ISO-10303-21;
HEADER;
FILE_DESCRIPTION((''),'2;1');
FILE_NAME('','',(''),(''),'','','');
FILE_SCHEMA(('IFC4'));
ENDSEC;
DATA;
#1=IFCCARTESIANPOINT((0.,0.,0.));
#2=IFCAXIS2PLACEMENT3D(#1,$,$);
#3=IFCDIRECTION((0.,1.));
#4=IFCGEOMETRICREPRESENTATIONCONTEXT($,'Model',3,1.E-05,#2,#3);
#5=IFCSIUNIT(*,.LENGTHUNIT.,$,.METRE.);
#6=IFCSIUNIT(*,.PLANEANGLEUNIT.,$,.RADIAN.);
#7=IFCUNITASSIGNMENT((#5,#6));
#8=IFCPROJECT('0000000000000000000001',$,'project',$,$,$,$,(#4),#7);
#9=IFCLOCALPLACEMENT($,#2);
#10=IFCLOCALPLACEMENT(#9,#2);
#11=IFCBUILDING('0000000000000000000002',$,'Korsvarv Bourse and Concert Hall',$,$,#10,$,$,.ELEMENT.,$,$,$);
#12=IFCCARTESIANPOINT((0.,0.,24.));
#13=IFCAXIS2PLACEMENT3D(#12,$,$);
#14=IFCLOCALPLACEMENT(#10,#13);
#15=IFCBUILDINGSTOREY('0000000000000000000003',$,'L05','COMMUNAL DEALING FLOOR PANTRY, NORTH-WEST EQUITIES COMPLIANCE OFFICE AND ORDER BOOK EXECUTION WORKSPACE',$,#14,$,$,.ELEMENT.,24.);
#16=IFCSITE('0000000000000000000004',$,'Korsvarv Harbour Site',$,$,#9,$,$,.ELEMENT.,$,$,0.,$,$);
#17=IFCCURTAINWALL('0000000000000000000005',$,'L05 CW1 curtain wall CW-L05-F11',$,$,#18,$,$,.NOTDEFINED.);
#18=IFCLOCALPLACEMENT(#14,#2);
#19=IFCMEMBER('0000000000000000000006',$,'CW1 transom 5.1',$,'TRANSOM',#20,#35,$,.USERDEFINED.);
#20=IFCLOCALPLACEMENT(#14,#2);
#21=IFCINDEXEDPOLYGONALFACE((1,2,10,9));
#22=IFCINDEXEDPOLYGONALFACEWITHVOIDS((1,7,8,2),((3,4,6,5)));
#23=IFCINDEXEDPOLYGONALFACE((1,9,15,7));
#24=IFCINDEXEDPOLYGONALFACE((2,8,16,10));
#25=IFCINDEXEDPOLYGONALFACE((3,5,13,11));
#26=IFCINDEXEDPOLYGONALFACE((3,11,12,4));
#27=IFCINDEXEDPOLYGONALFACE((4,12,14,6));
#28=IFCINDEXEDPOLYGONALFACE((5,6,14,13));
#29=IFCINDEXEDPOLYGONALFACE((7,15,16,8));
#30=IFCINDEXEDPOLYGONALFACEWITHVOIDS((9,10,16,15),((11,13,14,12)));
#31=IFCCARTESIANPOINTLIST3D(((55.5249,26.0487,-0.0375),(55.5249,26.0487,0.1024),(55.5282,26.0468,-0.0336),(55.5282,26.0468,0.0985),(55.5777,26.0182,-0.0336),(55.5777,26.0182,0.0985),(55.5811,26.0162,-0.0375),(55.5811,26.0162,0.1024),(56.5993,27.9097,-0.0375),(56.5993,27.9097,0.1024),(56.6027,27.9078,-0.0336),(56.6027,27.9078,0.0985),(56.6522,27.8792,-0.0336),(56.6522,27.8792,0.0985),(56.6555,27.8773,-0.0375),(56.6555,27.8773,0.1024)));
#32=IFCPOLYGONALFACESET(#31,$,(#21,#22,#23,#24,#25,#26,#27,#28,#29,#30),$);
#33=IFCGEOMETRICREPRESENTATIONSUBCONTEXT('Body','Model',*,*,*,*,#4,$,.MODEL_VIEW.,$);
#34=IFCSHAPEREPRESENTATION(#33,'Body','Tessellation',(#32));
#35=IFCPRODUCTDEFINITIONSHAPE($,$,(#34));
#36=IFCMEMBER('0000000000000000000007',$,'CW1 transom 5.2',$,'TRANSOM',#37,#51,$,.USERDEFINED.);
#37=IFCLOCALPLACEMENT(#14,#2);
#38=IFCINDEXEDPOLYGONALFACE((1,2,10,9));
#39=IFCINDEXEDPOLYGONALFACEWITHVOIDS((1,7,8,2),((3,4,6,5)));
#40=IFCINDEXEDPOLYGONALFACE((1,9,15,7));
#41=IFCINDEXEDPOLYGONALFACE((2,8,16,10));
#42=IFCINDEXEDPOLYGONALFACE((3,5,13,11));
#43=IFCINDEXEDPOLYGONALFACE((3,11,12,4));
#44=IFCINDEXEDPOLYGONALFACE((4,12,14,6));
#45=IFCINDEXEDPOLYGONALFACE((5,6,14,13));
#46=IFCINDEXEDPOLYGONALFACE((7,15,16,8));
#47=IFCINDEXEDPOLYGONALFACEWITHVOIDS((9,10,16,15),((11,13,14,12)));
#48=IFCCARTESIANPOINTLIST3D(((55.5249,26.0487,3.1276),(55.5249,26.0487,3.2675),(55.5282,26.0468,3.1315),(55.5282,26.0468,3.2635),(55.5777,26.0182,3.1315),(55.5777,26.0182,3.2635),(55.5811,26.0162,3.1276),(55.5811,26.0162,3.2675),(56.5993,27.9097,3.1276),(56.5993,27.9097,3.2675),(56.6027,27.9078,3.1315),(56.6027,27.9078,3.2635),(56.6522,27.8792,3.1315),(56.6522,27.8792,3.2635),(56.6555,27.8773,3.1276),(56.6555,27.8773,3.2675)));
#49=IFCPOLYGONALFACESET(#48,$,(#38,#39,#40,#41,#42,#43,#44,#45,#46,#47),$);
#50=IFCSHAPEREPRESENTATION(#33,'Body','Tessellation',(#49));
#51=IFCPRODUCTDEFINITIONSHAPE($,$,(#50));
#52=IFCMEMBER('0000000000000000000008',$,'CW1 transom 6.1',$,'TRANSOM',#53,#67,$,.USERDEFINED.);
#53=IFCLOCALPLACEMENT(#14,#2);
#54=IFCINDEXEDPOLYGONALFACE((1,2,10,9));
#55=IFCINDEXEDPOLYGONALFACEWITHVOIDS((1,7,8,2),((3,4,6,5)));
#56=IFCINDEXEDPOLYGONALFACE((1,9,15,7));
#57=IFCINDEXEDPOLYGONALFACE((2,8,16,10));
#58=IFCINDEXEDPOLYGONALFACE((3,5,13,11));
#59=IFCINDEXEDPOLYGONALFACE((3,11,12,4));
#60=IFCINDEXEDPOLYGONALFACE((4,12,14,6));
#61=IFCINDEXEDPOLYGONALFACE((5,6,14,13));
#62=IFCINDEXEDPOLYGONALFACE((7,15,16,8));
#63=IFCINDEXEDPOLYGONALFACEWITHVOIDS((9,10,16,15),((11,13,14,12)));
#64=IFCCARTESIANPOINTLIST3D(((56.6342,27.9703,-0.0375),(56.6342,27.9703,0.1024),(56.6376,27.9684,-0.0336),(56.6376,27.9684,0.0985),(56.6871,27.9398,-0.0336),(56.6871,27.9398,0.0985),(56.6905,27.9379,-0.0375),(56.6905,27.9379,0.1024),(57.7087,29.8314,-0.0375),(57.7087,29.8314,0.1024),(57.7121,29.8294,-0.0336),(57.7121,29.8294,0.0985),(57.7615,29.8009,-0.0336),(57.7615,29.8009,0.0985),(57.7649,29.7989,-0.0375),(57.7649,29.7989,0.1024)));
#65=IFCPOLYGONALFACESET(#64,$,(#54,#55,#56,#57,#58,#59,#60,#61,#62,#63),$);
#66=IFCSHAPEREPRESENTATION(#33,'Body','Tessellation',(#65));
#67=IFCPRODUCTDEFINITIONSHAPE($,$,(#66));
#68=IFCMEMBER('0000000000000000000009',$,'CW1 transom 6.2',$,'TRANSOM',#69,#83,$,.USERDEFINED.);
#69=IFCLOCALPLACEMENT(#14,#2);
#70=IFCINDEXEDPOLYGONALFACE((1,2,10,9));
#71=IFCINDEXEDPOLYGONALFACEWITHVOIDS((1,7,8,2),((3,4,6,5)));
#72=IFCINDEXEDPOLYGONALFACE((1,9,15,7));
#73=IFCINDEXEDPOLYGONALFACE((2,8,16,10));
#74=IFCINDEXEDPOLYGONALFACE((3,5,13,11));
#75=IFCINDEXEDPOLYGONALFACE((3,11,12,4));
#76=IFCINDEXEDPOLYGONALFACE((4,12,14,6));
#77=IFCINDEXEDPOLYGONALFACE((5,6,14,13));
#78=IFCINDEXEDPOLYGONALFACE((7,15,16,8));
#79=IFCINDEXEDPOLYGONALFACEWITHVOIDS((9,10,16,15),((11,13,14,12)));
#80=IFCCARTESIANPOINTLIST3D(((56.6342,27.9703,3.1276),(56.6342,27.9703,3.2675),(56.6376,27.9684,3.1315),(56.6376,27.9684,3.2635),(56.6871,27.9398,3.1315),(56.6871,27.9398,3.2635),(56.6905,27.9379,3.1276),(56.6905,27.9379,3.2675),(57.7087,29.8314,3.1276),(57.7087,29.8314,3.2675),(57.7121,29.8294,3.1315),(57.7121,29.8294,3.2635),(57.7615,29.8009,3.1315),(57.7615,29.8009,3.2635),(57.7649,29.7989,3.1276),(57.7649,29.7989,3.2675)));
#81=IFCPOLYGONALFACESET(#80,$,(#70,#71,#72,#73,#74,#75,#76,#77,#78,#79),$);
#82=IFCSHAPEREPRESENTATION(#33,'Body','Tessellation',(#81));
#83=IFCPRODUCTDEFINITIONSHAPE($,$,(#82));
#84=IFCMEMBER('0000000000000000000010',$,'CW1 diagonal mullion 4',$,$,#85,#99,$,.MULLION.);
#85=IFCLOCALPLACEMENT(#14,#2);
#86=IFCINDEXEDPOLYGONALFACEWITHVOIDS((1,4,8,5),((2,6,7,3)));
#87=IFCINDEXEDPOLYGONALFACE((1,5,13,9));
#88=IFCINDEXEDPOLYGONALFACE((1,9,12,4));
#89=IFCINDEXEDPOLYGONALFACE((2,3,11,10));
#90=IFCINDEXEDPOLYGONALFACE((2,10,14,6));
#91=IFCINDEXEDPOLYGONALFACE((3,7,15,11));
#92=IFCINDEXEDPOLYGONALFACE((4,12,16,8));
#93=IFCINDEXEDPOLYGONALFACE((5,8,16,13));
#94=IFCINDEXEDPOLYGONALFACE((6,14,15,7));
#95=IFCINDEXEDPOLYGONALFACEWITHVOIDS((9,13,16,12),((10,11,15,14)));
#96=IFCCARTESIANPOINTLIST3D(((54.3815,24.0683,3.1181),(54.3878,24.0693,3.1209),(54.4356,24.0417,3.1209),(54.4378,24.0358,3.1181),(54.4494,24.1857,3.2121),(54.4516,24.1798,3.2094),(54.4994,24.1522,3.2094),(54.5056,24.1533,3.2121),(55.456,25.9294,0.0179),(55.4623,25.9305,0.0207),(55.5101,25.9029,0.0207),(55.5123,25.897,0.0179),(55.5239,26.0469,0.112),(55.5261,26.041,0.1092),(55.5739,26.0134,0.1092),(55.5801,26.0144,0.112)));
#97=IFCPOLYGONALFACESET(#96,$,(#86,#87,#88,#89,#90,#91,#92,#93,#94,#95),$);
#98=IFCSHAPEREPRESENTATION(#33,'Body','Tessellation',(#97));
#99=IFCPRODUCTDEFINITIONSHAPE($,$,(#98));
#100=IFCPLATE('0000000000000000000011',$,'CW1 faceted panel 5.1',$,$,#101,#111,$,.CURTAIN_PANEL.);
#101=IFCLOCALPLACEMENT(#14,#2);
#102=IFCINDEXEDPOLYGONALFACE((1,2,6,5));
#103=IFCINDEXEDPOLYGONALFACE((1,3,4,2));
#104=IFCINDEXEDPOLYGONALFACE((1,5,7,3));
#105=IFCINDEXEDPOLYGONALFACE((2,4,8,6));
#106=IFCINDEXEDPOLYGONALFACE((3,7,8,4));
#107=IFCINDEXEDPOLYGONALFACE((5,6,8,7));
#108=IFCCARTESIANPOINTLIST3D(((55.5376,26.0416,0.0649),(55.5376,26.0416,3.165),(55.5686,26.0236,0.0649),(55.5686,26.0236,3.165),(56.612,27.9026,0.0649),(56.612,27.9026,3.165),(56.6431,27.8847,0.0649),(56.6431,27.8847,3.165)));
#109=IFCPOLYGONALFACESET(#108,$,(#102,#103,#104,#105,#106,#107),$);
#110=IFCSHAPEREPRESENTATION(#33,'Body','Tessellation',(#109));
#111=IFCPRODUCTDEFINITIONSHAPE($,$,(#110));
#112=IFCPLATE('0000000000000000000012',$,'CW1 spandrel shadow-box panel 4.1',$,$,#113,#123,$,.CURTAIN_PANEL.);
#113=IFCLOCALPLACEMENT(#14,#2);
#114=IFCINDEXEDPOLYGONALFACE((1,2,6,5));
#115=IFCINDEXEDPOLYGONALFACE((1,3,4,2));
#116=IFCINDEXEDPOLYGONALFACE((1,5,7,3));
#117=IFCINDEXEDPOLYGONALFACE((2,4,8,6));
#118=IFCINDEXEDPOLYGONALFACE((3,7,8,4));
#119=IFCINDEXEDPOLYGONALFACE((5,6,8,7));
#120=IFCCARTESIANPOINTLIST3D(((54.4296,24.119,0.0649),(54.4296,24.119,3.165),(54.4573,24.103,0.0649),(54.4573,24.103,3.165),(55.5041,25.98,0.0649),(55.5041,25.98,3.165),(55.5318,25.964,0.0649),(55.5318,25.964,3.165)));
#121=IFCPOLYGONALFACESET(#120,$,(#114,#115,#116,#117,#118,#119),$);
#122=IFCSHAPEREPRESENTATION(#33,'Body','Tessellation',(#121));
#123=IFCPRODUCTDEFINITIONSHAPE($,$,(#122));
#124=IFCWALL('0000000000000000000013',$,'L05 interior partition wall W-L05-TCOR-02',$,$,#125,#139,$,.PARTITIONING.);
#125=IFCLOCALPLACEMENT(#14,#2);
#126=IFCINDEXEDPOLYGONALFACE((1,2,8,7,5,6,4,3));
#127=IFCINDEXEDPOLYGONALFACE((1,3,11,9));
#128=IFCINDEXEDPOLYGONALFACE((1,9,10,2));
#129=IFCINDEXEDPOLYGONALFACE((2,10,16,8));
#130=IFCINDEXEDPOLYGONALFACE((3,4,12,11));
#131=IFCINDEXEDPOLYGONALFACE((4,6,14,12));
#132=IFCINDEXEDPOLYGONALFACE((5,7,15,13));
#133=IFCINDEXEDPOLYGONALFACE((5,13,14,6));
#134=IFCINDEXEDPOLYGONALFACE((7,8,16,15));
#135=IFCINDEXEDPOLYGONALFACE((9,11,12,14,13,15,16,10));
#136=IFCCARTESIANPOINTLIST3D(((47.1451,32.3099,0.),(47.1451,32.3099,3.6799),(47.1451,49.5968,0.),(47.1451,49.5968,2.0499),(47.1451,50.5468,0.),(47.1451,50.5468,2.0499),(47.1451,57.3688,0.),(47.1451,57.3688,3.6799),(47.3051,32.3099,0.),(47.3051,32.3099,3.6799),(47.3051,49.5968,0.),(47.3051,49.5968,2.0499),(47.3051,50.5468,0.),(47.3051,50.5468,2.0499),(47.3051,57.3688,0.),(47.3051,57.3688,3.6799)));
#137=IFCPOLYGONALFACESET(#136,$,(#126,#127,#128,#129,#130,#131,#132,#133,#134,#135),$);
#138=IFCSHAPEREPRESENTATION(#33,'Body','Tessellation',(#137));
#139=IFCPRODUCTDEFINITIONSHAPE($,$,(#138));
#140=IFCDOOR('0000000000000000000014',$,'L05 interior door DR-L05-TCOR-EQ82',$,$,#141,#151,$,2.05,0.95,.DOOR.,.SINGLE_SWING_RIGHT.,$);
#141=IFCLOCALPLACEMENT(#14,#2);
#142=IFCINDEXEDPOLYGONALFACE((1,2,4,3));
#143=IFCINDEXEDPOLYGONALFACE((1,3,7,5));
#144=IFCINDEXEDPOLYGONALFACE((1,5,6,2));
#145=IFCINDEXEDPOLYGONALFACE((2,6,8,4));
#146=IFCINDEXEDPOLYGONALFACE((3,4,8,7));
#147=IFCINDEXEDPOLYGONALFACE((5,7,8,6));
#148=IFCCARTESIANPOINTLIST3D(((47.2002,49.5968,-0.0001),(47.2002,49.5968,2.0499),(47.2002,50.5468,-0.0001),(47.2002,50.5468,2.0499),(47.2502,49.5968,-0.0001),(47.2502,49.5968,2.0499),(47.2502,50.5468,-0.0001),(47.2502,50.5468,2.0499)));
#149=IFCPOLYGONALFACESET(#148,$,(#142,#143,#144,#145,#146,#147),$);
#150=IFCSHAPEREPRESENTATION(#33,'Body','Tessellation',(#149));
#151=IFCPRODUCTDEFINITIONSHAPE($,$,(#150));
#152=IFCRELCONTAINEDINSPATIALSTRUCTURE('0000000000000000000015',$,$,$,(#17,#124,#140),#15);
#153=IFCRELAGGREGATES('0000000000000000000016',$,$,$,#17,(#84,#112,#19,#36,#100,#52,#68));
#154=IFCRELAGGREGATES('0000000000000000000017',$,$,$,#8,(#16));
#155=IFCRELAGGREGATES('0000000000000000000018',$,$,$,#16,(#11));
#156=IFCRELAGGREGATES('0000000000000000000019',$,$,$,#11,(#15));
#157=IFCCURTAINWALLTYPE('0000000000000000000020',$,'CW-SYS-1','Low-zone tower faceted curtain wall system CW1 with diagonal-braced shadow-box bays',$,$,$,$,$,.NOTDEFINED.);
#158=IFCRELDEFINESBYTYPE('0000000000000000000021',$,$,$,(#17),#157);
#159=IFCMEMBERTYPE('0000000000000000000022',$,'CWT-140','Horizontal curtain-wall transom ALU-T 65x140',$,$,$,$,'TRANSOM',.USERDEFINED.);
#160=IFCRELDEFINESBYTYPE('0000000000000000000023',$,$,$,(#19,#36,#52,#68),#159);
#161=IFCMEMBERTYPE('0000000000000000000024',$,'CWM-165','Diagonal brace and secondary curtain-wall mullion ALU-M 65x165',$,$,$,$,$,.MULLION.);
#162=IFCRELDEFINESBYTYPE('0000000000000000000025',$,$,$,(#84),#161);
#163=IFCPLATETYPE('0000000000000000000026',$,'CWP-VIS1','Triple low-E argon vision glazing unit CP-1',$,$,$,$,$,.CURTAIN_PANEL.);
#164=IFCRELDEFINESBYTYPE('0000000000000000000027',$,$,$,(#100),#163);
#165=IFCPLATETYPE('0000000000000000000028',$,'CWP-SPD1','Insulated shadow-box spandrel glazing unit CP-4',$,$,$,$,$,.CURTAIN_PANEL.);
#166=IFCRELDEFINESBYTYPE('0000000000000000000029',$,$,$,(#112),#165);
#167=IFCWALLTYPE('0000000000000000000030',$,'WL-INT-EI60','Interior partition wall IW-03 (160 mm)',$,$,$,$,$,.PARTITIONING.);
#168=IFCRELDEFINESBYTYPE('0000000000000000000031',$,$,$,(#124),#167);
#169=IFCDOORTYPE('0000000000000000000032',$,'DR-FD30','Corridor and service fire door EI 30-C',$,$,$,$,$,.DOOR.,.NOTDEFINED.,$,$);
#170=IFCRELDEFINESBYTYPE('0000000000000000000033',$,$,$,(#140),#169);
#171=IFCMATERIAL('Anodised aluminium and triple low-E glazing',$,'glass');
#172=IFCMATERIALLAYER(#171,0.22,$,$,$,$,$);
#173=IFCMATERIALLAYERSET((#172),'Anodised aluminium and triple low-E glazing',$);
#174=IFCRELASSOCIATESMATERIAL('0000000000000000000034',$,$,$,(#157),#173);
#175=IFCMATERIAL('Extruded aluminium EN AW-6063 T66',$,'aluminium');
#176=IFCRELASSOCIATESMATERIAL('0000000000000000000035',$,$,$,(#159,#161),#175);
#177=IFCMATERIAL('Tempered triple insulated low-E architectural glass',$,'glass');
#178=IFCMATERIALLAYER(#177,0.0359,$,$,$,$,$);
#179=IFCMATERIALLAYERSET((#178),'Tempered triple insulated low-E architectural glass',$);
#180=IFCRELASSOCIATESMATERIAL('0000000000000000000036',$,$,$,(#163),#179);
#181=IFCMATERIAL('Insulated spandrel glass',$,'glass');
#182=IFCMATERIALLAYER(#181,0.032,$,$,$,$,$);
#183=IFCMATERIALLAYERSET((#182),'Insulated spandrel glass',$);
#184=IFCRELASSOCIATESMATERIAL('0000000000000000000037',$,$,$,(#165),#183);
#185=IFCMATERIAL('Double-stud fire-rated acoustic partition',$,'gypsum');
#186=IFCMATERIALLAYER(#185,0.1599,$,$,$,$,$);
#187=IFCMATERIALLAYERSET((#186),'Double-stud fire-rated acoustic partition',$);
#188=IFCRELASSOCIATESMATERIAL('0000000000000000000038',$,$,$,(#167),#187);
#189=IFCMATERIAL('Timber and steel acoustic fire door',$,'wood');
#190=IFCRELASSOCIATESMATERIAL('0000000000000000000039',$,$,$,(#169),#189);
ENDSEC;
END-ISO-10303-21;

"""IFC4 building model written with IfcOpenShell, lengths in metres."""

from ifc_helpers import new_model, si_unit, direction, frame, frame_2d, origin, origin_2d, place, context, subcontext, project, spatial, rectangle, hollow_rectangle, extrude, source, transform, mapped, material, layer, layer_set, material_profile, profile_set, type_object, element, fill, aggregate, save


model = new_model("IFC4")

# Units and contexts
model_context = context("Model", 3, precision=1e-05, world=origin(), true_north=direction((0.0, 1.0)))
body_context = subcontext(model_context, "Body", "Model", "MODEL_VIEW")
ifc_project = project(units=[si_unit("LENGTHUNIT", "METRE"), si_unit("PLANEANGLEUNIT", "RADIAN")], contexts=[model_context])

# Site, building, storey
site_placement = place(None, origin())
site = spatial("IfcSite", under=ifc_project, at=site_placement, Name="Korsvarv Harbour Site", CompositionType="ELEMENT", RefElevation=0.0)
building_placement = place(site_placement, origin())
building = spatial("IfcBuilding", under=site, at=building_placement, Name="Korsvarv Bourse and Concert Hall", CompositionType="ELEMENT")
storey_placement = place(building_placement, frame((0.0, 0.0, 24.0)))
storey = spatial("IfcBuildingStorey", under=building, at=storey_placement, Name="L05", Description="COMMUNAL DEALING FLOOR PANTRY, NORTH-WEST EQUITIES COMPLIANCE OFFICE AND ORDER BOOK EXECUTION WORKSPACE", CompositionType="ELEMENT", Elevation=24.0)

# Curtain wall, members, plates
ifc_material_1 = material(Name="Anodised aluminium and triple low-E glazing", Category="glass")
ifc_layer_1 = layer(ifc_material_1, 0.22)
ifc_layer_set_1 = layer_set([ifc_layer_1], Name="Anodised aluminium and triple low-E glazing")
curtain_wall_type = type_object("IfcCurtainWallType", Name="CW-SYS-1", Description="Low-zone tower faceted curtain wall system CW1 with diagonal-braced shadow-box bays", PredefinedType="NOTDEFINED", material=ifc_layer_set_1)
curtain_wall_placement = place(storey_placement, origin())
curtain_wall = element("IfcCurtainWall", 1, at=curtain_wall_placement, inside=storey, type_object=curtain_wall_type, Name="L05 CW1 curtain wall CW-L05-F11", PredefinedType="NOTDEFINED")
ifc_material_2 = material(Name="Extruded aluminium EN AW-6063 T66", Category="aluminium")
ifc_material_profile_1 = material_profile(ifc_material_2, hollow_rectangle(XDim=0.0649, YDim=0.1399, WallThickness=0.0039, at=origin_2d()), Name="ALU-T 65x140")
ifc_profile_set_1 = profile_set([ifc_material_profile_1], Name="Extruded aluminium EN AW-6063 T66")
member_type_1 = type_object("IfcMemberType", Name="CWT-140", Description="Horizontal curtain-wall transom ALU-T 65x140", ElementType="TRANSOM", PredefinedType="USERDEFINED", material=ifc_profile_set_1)
shared_shape_1 = source(origin(), body_context, "Body", "SweptSolid", [
    extrude(hollow_rectangle(XDim=0.0649, YDim=0.1399, WallThickness=0.0039, at=origin_2d()), origin(), (0.0, 0.0, 1.0), 2.1489),
])
member_1_placement = place(storey_placement, frame((55.553, 26.0325, 0.0325), z_axis=(0.499988, 0.866032, 0.0), x_axis=(-0.866032, 0.499988, 0.0)))
member_1 = element("IfcMember", 2, at=member_1_placement, type_object=member_type_1, Name="CW1 transom 5.1", ObjectType="TRANSOM", PredefinedType="USERDEFINED", context=body_context, shape_type="MappedRepresentation", body=[
    mapped(shared_shape_1, transform((0.0, 0.0, 0.0), scale=1.0)),
])
member_2_placement = place(storey_placement, frame((55.553, 26.0325, 3.1975), z_axis=(0.499988, 0.866032, 0.0), x_axis=(-0.866032, 0.499988, 0.0)))
member_2 = element("IfcMember", 3, at=member_2_placement, type_object=member_type_1, Name="CW1 transom 5.2", ObjectType="TRANSOM", PredefinedType="USERDEFINED", context=body_context, shape_type="MappedRepresentation", body=[
    mapped(shared_shape_1, transform((0.0, 0.0, 0.0), scale=1.0)),
])
member_3_placement = place(storey_placement, frame((56.6624, 27.9541, 0.0325), z_axis=(0.499988, 0.866032, 0.0), x_axis=(-0.866032, 0.499988, 0.0)))
member_3 = element("IfcMember", 4, at=member_3_placement, type_object=member_type_1, Name="CW1 transom 6.1", ObjectType="TRANSOM", PredefinedType="USERDEFINED", context=body_context, shape_type="MappedRepresentation", body=[
    mapped(shared_shape_1, transform((0.0, 0.0, 0.0), scale=1.0)),
])
member_4_placement = place(storey_placement, frame((56.6624, 27.9541, 3.1975), z_axis=(0.499988, 0.866032, 0.0), x_axis=(-0.866032, 0.499988, 0.0)))
member_4 = element("IfcMember", 5, at=member_4_placement, type_object=member_type_1, Name="CW1 transom 6.2", ObjectType="TRANSOM", PredefinedType="USERDEFINED", context=body_context, shape_type="MappedRepresentation", body=[
    mapped(shared_shape_1, transform((0.0, 0.0, 0.0), scale=1.0)),
])
ifc_material_profile_2 = material_profile(ifc_material_2, hollow_rectangle(XDim=0.0649, YDim=0.165, WallThickness=0.0049, at=origin_2d()), Name="ALU-M 65x165")
ifc_profile_set_2 = profile_set([ifc_material_profile_2], Name="Extruded aluminium EN AW-6063 T66")
member_type_2 = type_object("IfcMemberType", Name="CWM-165", Description="Diagonal brace and secondary curtain-wall mullion ALU-M 65x165", PredefinedType="MULLION", material=ifc_profile_set_2)
shared_shape_2 = source(origin(), body_context, "Body", "SweptSolid", [
    extrude(hollow_rectangle(XDim=0.0649, YDim=0.165, WallThickness=0.0049, at=origin_2d()), origin(), (0.0, 0.0, 1.0), 3.7722),
])
member_5_placement = place(storey_placement, frame((55.5181, 25.9719, 0.0649), z_axis=(-0.284845, -0.493382, 0.82185), x_axis=(0.866032, -0.499988, 0.0)))
member_5 = element("IfcMember", 6, at=member_5_placement, type_object=member_type_2, Name="CW1 diagonal mullion 4", PredefinedType="MULLION", context=body_context, shape_type="MappedRepresentation", body=[
    mapped(shared_shape_2, transform((0.0, 0.0, 0.0), scale=1.0)),
])
ifc_material_3 = material(Name="Tempered triple insulated low-E architectural glass", Category="glass")
ifc_layer_2 = layer(ifc_material_3, 0.0359)
ifc_layer_set_2 = layer_set([ifc_layer_2], Name="Tempered triple insulated low-E architectural glass")
plate_type_1 = type_object("IfcPlateType", Name="CWP-VIS1", Description="Triple low-E argon vision glazing unit CP-1", PredefinedType="CURTAIN_PANEL", material=ifc_layer_set_2)
shared_shape_3 = source(origin(), body_context, "Body", "SweptSolid", [
    extrude(rectangle(XDim=2.1489, YDim=0.0359, at=origin_2d()), origin(), (0.0, 0.0, 1.0), 3.1001),
])
plate_1_placement = place(storey_placement, frame((56.0903, 26.9631, 0.0649), z_axis=(0.0, 0.0, 1.0), x_axis=(0.499995, 0.866029, 0.0)))
plate_1 = element("IfcPlate", 7, at=plate_1_placement, type_object=plate_type_1, Name="CW1 faceted panel 5.1", PredefinedType="CURTAIN_PANEL", context=body_context, shape_type="MappedRepresentation", body=[
    mapped(shared_shape_3, transform((0.0, 0.0, 0.0), scale=1.0)),
])
ifc_material_4 = material(Name="Insulated spandrel glass", Category="glass")
ifc_layer_3 = layer(ifc_material_4, 0.032)
ifc_layer_set_3 = layer_set([ifc_layer_3], Name="Insulated spandrel glass")
plate_type_2 = type_object("IfcPlateType", Name="CWP-SPD1", Description="Insulated shadow-box spandrel glazing unit CP-4", PredefinedType="CURTAIN_PANEL", material=ifc_layer_set_3)
shared_shape_4 = source(origin(), body_context, "Body", "SweptSolid", [
    extrude(rectangle(XDim=2.1489, YDim=0.032, at=origin_2d()), origin(), (0.0, 0.0, 1.0), 3.1001),
])
plate_2_placement = place(storey_placement, frame((54.9807, 25.0415, 0.0649), z_axis=(0.0, 0.0, 1.0), x_axis=(0.499995, 0.866029, 0.0)))
plate_2 = element("IfcPlate", 8, at=plate_2_placement, type_object=plate_type_2, Name="CW1 spandrel shadow-box panel 4.1", PredefinedType="CURTAIN_PANEL", context=body_context, shape_type="MappedRepresentation", body=[
    mapped(shared_shape_4, transform((0.0, 0.0, 0.0), scale=1.0)),
])
aggregate(curtain_wall, [member_5, plate_2, member_1, member_2, plate_1, member_3, member_4])

# Wall, opening, door
ifc_material_5 = material(Name="Double-stud fire-rated acoustic partition", Category="gypsum")
ifc_layer_4 = layer(ifc_material_5, 0.1599)
ifc_layer_set_4 = layer_set([ifc_layer_4], Name="Double-stud fire-rated acoustic partition")
wall_type_1 = type_object("IfcWallType", Name="WL-INT-EI60", Description="Interior partition wall IW-03 (160 mm)", PredefinedType="PARTITIONING", material=ifc_layer_set_4)
wall_1_placement = place(storey_placement, frame((47.2251, 32.3101, 0.0), z_axis=(0.0, 0.0, 1.0), x_axis=(0.0, 1.0, 0.0)))
wall_1 = element("IfcWall", 9, at=wall_1_placement, inside=storey, type_object=wall_type_1, Name="L05 interior partition wall W-L05-TCOR-02", PredefinedType="PARTITIONING", context=body_context, shape_type="SweptSolid", body=[
    extrude(rectangle(XDim=25.0588, YDim=0.1599, at=frame_2d((12.5293, 0.0))), origin(), (0.0, 0.0, 1.0), 3.6799),
])
opening_1_placement = place(wall_1_placement, frame((17.2866, 0.0, 0.0)))
opening_1 = element("IfcOpeningElement", 10, at=opening_1_placement, cuts=wall_1, PredefinedType="OPENING", context=body_context, shape_type="SweptSolid", body=[
    extrude(rectangle(XDim=0.95, YDim=2.05, at=frame_2d((0.4751, 1.0249))), frame((0.0, 0.0898, 0.0), z_axis=(0.0, -1.0, 0.0), x_axis=(1.0, 0.0, 0.0)), (0.0, 0.0, 1.0), 0.1799),
])
ifc_material_6 = material(Name="Timber and steel acoustic fire door", Category="wood")
door_type = type_object("IfcDoorType", Name="DR-FD30", Description="Corridor and service fire door EI 30-C", OperationType="NOTDEFINED", PredefinedType="DOOR", material=ifc_material_6)
door_1_placement = place(opening_1_placement, origin())
door_1 = element("IfcDoor", 11, at=door_1_placement, inside=storey, type_object=door_type, Name="L05 interior door DR-L05-TCOR-EQ82", OperationType="SINGLE_SWING_RIGHT", OverallHeight=2.05, OverallWidth=0.95, PredefinedType="DOOR", context=body_context, shape_type="SweptSolid", body=[
    extrude(rectangle(XDim=0.95, YDim=2.05, at=frame_2d((0.4751, 1.0249))), frame((0.0, 0.0249, 0.0), z_axis=(0.0, -1.0, 0.0), x_axis=(1.0, 0.0, 0.0)), (0.0, 0.0, 1.0), 0.05),
])
fill(opening_1, door_1)

save(model, "model.ifc")
